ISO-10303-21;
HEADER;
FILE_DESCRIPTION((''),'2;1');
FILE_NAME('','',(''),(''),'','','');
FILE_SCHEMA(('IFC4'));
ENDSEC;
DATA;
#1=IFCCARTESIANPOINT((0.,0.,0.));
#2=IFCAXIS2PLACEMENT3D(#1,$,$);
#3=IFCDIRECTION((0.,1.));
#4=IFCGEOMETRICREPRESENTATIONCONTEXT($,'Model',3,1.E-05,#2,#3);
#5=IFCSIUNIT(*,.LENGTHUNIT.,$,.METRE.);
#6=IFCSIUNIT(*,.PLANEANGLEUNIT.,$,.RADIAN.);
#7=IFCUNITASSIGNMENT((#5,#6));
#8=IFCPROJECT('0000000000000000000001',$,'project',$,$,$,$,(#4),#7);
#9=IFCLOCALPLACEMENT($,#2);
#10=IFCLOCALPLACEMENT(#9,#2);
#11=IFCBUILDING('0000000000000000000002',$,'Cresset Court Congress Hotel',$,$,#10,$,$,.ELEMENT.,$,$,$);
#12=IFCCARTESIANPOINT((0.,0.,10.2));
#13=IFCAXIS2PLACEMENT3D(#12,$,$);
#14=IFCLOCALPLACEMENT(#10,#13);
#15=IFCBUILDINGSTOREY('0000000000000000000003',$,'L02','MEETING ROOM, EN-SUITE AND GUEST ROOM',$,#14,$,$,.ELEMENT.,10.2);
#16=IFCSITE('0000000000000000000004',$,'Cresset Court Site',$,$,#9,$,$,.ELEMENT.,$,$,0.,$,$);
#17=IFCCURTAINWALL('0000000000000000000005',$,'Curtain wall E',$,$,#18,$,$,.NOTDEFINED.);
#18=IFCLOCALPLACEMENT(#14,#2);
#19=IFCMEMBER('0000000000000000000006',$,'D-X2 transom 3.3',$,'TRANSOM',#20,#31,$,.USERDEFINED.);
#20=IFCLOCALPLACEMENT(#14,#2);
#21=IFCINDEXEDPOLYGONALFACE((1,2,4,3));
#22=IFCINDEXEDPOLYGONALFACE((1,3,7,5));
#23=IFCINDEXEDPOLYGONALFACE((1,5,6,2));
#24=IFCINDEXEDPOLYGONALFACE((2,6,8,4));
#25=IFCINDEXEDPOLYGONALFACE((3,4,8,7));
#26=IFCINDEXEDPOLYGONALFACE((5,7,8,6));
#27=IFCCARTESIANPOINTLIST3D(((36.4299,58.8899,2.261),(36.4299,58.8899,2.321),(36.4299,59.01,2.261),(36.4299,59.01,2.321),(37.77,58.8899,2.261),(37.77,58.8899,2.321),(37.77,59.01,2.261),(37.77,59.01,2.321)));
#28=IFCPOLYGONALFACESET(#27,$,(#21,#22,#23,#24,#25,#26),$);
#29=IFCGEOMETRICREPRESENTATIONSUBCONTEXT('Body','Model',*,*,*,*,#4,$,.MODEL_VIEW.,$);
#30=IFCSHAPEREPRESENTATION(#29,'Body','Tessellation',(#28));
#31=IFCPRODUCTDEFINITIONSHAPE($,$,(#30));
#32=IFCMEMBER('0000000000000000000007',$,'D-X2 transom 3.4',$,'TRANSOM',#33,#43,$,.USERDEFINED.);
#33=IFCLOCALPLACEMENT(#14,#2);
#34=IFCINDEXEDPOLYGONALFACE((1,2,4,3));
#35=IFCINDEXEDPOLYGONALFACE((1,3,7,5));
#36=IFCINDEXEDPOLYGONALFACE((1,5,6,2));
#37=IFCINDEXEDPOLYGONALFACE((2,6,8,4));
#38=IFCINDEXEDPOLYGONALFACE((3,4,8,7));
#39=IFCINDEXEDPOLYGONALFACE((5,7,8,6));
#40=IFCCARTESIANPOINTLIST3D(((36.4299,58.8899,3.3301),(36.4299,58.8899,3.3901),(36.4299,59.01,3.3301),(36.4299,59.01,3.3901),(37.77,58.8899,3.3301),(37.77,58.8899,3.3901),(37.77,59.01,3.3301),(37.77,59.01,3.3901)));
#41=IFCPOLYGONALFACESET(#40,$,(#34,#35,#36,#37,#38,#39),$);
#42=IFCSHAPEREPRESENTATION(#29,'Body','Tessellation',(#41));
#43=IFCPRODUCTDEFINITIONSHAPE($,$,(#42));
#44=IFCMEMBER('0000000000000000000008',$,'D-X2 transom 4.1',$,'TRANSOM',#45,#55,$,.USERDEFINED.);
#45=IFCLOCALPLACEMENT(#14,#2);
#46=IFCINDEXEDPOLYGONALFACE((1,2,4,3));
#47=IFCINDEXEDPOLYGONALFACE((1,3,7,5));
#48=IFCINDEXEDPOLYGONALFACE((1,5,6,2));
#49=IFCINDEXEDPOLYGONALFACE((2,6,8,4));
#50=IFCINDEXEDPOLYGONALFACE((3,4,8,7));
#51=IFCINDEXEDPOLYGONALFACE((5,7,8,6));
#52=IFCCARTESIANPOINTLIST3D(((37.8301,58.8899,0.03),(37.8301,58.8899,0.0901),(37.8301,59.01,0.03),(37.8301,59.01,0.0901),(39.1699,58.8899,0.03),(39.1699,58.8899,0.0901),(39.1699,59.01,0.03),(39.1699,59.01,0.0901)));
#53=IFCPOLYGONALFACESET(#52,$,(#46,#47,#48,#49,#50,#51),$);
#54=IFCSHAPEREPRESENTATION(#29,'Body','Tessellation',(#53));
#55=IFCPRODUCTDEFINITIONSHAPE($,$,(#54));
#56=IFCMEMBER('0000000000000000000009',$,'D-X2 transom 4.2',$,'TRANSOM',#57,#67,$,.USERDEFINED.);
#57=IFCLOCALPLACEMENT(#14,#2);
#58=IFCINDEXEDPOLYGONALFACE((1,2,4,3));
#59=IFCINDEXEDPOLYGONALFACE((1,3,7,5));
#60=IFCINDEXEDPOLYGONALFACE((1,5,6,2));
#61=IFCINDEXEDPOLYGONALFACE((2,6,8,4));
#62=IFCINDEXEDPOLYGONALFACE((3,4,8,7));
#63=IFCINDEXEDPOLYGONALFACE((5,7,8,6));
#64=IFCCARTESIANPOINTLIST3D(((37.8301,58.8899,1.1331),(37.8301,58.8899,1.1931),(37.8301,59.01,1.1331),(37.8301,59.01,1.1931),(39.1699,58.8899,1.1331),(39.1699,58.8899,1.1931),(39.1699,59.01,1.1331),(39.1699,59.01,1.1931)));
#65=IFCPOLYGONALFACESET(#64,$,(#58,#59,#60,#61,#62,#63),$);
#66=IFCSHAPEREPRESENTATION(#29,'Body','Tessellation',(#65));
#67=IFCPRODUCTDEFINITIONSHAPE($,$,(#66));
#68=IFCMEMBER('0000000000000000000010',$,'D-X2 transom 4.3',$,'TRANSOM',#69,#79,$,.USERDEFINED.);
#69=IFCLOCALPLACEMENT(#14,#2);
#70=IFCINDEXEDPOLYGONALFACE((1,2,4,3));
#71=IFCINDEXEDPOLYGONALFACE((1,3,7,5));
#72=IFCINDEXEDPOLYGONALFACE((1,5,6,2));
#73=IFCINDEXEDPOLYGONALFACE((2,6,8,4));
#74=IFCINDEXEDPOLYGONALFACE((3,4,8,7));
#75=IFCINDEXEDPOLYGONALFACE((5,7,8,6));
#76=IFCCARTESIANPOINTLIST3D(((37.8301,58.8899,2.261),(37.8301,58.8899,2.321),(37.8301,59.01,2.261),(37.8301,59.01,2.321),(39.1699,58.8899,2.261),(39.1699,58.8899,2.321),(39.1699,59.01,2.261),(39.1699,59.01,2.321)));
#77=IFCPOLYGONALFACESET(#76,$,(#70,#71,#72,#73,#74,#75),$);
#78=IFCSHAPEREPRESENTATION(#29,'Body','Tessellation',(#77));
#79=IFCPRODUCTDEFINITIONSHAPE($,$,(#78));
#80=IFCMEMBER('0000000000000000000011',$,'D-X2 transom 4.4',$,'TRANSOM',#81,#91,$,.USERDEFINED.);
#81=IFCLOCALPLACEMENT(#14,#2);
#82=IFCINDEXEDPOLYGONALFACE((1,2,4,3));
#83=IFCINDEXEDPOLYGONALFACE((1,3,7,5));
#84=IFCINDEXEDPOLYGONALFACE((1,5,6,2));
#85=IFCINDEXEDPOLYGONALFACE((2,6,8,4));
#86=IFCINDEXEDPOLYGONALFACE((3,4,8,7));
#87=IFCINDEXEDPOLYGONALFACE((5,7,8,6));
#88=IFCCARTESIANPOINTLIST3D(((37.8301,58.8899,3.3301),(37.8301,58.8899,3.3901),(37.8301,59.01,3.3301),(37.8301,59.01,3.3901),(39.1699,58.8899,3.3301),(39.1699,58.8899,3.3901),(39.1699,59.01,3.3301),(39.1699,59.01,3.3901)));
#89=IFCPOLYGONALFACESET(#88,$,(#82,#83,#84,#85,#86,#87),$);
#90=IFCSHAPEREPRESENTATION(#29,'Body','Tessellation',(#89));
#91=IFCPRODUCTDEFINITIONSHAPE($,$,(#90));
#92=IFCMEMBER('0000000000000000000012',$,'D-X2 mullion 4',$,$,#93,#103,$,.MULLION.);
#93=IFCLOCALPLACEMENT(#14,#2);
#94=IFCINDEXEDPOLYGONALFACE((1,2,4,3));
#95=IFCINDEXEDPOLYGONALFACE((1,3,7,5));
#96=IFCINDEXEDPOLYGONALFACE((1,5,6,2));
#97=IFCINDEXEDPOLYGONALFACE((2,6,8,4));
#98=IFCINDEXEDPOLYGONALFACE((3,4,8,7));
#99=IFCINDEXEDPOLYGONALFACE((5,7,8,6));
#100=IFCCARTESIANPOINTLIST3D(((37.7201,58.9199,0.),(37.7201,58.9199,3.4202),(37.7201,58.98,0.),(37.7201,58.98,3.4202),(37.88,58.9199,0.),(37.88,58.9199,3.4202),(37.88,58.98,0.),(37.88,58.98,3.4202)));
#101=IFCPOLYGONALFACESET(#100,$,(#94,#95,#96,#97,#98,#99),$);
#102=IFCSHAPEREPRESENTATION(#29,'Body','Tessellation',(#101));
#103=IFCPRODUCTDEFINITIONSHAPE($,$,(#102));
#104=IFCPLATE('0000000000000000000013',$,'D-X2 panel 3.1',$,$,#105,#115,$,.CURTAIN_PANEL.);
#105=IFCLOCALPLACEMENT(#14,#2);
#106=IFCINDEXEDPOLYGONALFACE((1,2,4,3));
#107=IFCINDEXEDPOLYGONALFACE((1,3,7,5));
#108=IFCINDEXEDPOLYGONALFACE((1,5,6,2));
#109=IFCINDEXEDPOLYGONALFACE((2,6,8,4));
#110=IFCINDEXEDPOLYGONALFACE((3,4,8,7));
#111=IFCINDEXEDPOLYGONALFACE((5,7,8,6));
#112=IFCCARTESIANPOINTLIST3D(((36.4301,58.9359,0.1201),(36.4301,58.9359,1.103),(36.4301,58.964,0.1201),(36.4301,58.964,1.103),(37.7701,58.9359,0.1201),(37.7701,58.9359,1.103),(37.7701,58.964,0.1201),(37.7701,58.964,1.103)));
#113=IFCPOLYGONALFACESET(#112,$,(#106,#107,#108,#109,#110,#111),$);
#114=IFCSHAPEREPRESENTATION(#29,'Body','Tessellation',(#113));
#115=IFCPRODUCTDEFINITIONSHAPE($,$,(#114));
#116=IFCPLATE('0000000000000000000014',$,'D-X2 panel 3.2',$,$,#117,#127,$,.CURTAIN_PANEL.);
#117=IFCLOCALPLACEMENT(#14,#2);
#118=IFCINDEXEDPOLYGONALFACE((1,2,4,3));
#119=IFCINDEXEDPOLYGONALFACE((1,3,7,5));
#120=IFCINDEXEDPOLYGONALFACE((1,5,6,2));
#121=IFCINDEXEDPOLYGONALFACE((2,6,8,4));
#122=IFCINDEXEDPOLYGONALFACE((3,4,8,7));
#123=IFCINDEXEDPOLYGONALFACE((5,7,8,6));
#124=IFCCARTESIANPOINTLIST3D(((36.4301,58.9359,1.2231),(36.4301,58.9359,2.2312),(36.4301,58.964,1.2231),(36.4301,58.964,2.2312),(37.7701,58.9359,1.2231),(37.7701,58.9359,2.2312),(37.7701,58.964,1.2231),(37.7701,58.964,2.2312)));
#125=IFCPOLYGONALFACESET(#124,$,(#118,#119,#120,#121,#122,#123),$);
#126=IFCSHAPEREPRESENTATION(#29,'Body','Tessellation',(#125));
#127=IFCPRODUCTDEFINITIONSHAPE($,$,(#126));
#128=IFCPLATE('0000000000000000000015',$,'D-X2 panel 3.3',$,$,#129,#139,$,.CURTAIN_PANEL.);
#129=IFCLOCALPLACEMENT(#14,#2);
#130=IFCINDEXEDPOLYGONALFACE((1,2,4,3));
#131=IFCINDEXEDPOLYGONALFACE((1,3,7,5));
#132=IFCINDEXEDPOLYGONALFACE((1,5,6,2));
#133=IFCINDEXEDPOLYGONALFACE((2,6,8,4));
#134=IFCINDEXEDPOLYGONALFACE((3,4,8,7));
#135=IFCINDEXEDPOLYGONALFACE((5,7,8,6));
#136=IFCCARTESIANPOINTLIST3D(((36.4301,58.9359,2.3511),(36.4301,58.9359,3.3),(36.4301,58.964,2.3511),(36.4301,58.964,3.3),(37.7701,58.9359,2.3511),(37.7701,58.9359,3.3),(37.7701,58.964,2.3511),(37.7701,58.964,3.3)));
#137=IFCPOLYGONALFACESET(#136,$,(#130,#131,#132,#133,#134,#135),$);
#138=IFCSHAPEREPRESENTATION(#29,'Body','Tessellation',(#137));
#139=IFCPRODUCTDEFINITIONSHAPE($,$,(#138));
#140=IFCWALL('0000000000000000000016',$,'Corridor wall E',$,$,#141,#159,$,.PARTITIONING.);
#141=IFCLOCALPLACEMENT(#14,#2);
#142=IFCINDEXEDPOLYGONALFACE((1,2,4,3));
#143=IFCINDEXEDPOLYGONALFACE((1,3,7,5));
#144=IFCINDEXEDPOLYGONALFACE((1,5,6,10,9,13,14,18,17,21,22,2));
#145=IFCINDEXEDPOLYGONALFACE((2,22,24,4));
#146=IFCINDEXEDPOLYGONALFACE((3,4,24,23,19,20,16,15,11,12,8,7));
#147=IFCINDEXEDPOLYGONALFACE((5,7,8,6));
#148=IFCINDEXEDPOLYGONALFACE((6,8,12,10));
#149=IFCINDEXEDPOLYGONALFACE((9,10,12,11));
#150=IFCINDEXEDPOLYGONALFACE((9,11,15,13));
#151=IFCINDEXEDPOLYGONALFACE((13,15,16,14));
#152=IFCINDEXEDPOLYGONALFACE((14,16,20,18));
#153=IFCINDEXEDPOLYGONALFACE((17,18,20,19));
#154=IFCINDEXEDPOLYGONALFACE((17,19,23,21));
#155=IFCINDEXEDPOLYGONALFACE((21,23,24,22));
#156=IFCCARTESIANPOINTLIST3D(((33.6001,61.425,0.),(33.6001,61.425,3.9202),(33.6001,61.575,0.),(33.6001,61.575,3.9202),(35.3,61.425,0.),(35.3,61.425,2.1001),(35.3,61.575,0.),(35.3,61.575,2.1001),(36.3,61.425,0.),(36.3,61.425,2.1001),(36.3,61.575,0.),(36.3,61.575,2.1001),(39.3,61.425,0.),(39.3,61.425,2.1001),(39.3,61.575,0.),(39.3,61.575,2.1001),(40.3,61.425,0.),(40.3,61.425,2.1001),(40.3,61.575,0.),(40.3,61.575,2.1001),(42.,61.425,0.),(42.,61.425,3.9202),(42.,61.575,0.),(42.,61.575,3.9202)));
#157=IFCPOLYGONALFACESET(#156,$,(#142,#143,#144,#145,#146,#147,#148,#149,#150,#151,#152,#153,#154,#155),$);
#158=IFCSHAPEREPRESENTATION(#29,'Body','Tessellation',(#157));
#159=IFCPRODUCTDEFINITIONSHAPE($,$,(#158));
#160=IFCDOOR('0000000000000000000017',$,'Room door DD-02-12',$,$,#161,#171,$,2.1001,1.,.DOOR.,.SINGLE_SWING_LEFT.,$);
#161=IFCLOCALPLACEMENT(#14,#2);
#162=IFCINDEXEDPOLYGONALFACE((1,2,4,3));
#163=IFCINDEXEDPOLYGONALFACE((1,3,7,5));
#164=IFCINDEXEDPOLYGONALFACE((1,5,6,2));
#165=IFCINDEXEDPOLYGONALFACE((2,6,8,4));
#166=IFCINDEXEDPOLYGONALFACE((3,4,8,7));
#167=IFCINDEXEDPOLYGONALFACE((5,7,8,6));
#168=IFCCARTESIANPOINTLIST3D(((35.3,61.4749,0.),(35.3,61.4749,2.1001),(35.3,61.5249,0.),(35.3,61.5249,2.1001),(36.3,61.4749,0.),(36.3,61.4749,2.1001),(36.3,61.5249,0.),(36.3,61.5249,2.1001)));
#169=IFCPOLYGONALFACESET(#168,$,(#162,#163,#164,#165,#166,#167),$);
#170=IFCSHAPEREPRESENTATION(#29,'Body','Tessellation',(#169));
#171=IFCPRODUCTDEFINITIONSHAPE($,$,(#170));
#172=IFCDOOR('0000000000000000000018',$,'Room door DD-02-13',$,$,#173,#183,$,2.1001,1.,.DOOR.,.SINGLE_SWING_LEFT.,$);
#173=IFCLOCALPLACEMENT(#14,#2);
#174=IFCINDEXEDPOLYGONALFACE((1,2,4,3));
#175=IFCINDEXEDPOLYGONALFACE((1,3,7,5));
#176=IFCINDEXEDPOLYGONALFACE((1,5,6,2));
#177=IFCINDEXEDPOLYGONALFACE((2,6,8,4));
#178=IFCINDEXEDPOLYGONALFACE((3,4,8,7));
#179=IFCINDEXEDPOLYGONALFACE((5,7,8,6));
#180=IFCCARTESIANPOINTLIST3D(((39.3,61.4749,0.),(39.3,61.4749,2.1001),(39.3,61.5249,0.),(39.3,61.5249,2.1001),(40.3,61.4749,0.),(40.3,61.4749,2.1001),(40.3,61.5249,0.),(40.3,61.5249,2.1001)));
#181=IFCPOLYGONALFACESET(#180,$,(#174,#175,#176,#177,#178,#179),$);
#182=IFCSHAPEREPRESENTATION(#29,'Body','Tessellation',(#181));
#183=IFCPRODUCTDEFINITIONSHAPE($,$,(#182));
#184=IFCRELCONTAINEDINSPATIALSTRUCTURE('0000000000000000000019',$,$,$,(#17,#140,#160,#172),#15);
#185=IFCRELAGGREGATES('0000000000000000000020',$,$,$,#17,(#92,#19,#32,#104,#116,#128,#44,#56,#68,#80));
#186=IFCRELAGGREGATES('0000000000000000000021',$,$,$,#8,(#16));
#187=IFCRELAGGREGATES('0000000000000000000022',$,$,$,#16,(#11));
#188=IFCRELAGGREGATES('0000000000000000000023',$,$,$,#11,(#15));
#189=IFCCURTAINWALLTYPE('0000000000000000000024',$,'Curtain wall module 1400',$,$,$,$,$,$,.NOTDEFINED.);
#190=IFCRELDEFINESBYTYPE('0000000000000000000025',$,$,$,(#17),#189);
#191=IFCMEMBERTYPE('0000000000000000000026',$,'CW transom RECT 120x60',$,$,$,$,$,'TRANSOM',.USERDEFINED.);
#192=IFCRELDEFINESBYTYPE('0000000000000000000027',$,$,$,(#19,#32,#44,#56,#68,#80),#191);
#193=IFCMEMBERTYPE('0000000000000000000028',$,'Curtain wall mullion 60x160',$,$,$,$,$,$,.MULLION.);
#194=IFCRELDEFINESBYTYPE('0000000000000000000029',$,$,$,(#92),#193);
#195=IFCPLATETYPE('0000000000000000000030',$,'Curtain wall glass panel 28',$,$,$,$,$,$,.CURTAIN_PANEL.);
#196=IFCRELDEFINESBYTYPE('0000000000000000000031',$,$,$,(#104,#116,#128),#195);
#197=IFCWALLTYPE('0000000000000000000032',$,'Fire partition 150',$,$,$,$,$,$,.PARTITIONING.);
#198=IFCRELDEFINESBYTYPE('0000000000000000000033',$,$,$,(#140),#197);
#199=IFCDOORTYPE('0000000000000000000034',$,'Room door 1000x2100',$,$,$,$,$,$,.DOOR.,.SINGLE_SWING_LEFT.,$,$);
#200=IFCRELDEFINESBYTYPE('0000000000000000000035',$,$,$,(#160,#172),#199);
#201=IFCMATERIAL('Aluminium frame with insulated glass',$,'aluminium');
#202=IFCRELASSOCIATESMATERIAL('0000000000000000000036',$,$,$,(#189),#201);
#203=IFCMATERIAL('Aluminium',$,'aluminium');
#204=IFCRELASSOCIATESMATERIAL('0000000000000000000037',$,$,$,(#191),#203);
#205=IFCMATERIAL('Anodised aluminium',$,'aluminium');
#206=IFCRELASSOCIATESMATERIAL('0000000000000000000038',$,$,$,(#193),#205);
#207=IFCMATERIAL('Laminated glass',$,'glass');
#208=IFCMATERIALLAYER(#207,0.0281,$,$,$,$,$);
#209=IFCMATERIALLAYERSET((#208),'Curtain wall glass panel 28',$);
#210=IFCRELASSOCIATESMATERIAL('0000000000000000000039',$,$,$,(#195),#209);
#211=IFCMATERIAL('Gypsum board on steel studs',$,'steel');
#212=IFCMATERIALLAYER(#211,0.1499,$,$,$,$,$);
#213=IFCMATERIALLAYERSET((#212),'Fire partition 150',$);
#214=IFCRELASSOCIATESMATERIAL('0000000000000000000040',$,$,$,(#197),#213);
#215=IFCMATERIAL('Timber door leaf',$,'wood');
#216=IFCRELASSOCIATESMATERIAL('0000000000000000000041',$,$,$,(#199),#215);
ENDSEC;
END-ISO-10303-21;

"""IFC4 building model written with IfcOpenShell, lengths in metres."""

from ifc_helpers import new_model, si_unit, direction, frame, frame_2d, origin, origin_2d, place, context, subcontext, project, spatial, rectangle, extrude, material, layer, layer_set, material_profile, profile_set, type_object, element, fill, aggregate, save


model = new_model("IFC4")

# Units and contexts
model_context = context("Model", 3, precision=1e-05, world=origin(), true_north=direction((0.0, 1.0)))
body_context = subcontext(model_context, "Body", "Model", "MODEL_VIEW")
ifc_project = project(units=[si_unit("LENGTHUNIT", "METRE"), si_unit("PLANEANGLEUNIT", "RADIAN")], contexts=[model_context])

# Site, building, storey
site_placement = place(None, origin())
site = spatial("IfcSite", under=ifc_project, at=site_placement, Name="Cresset Court Site", CompositionType="ELEMENT", RefElevation=0.0)
building_placement = place(site_placement, origin())
building = spatial("IfcBuilding", under=site, at=building_placement, Name="Cresset Court Congress Hotel", CompositionType="ELEMENT")
storey_placement = place(building_placement, frame((0.0, 0.0, 10.2)))
storey = spatial("IfcBuildingStorey", under=building, at=storey_placement, Name="L02", Description="MEETING ROOM, EN-SUITE AND GUEST ROOM", CompositionType="ELEMENT", Elevation=10.2)

# Curtain wall, members, plates
ifc_material_1 = material(Name="Aluminium frame with insulated glass", Category="aluminium")
curtain_wall_type = type_object("IfcCurtainWallType", Name="Curtain wall module 1400", PredefinedType="NOTDEFINED", material=ifc_material_1)
curtain_wall_placement = place(storey_placement, origin())
curtain_wall = element("IfcCurtainWall", 1, at=curtain_wall_placement, inside=storey, type_object=curtain_wall_type, Name="Curtain wall E", PredefinedType="NOTDEFINED")
ifc_material_2 = material(Name="Aluminium", Category="aluminium")
ifc_material_profile_1 = material_profile(ifc_material_2, rectangle(XDim=0.1201, YDim=0.0601, at=origin_2d()), Name="AL 120x60")
ifc_profile_set_1 = profile_set([ifc_material_profile_1], Name="Aluminium")
member_type_1 = type_object("IfcMemberType", Name="CW transom RECT 120x60", ElementType="TRANSOM", PredefinedType="USERDEFINED", material=ifc_profile_set_1)
member_1_placement = place(storey_placement, frame((36.4299, 58.95, 2.291), z_axis=(1.0, 0.0, 0.0), x_axis=(0.0, 1.0, 0.0)))
member_1 = element("IfcMember", 2, at=member_1_placement, type_object=member_type_1, Name="D-X2 transom 3.3", ObjectType="TRANSOM", PredefinedType="USERDEFINED", context=body_context, shape_type="SweptSolid", body=[
    extrude(rectangle(XDim=0.1201, YDim=0.0601, at=origin_2d()), origin(), (0.0, 0.0, 1.0), 1.3401),
])
member_2_placement = place(storey_placement, frame((36.4299, 58.95, 3.3601), z_axis=(1.0, 0.0, 0.0), x_axis=(0.0, 1.0, 0.0)))
member_2 = element("IfcMember", 3, at=member_2_placement, type_object=member_type_1, Name="D-X2 transom 3.4", ObjectType="TRANSOM", PredefinedType="USERDEFINED", context=body_context, shape_type="SweptSolid", body=[
    extrude(rectangle(XDim=0.1201, YDim=0.0601, at=origin_2d()), origin(), (0.0, 0.0, 1.0), 1.3401),
])
member_3_placement = place(storey_placement, frame((37.8301, 58.95, 0.0601), z_axis=(1.0, 0.0, 0.0), x_axis=(0.0, 1.0, 0.0)))
member_3 = element("IfcMember", 4, at=member_3_placement, type_object=member_type_1, Name="D-X2 transom 4.1", ObjectType="TRANSOM", PredefinedType="USERDEFINED", context=body_context, shape_type="SweptSolid", body=[
    extrude(rectangle(XDim=0.1201, YDim=0.0601, at=origin_2d()), origin(), (0.0, 0.0, 1.0), 1.3398),
])
member_4_placement = place(storey_placement, frame((37.8301, 58.95, 1.1631), z_axis=(1.0, 0.0, 0.0), x_axis=(0.0, 1.0, 0.0)))
member_4 = element("IfcMember", 5, at=member_4_placement, type_object=member_type_1, Name="D-X2 transom 4.2", ObjectType="TRANSOM", PredefinedType="USERDEFINED", context=body_context, shape_type="SweptSolid", body=[
    extrude(rectangle(XDim=0.1201, YDim=0.0601, at=origin_2d()), origin(), (0.0, 0.0, 1.0), 1.3398),
])
member_5_placement = place(storey_placement, frame((37.8301, 58.95, 2.291), z_axis=(1.0, 0.0, 0.0), x_axis=(0.0, 1.0, 0.0)))
member_5 = element("IfcMember", 6, at=member_5_placement, type_object=member_type_1, Name="D-X2 transom 4.3", ObjectType="TRANSOM", PredefinedType="USERDEFINED", context=body_context, shape_type="SweptSolid", body=[
    extrude(rectangle(XDim=0.1201, YDim=0.0601, at=origin_2d()), origin(), (0.0, 0.0, 1.0), 1.3398),
])
member_6_placement = place(storey_placement, frame((37.8301, 58.95, 3.3601), z_axis=(1.0, 0.0, 0.0), x_axis=(0.0, 1.0, 0.0)))
member_6 = element("IfcMember", 7, at=member_6_placement, type_object=member_type_1, Name="D-X2 transom 4.4", ObjectType="TRANSOM", PredefinedType="USERDEFINED", context=body_context, shape_type="SweptSolid", body=[
    extrude(rectangle(XDim=0.1201, YDim=0.0601, at=origin_2d()), origin(), (0.0, 0.0, 1.0), 1.3398),
])
ifc_material_3 = material(Name="Anodised aluminium", Category="aluminium")
ifc_material_profile_2 = material_profile(ifc_material_3, rectangle(XDim=0.0601, YDim=0.1599, at=origin_2d()), Name="AL60x160")
ifc_profile_set_2 = profile_set([ifc_material_profile_2], Name="Anodised aluminium")
member_type_2 = type_object("IfcMemberType", Name="Curtain wall mullion 60x160", PredefinedType="MULLION", material=ifc_profile_set_2)
member_7_placement = place(storey_placement, frame((37.8, 58.95, 0.0), z_axis=(0.0, 0.0, 1.0), x_axis=(0.0, 1.0, 0.0)))
member_7 = element("IfcMember", 8, at=member_7_placement, type_object=member_type_2, Name="D-X2 mullion 4", PredefinedType="MULLION", context=body_context, shape_type="SweptSolid", body=[
    extrude(rectangle(XDim=0.0601, YDim=0.1599, at=origin_2d()), origin(), (0.0, 0.0, 1.0), 3.4202),
])
ifc_material_4 = material(Name="Laminated glass", Category="glass")
ifc_layer_1 = layer(ifc_material_4, 0.0281)
ifc_layer_set_1 = layer_set([ifc_layer_1], Name="Curtain wall glass panel 28")
plate_type = type_object("IfcPlateType", Name="Curtain wall glass panel 28", PredefinedType="CURTAIN_PANEL", material=ifc_layer_set_1)
plate_1_placement = place(storey_placement, frame((37.1001, 58.95, 0.1201), z_axis=(0.0, 0.0, 1.0), x_axis=(1.0, 0.0, 0.0)))
plate_1 = element("IfcPlate", 9, at=plate_1_placement, type_object=plate_type, Name="D-X2 panel 3.1", PredefinedType="CURTAIN_PANEL", context=body_context, shape_type="SweptSolid", body=[
    extrude(rectangle(XDim=1.3401, YDim=0.0281, at=origin_2d()), origin(), (0.0, 0.0, 1.0), 0.9829),
])
plate_2_placement = place(storey_placement, frame((37.1001, 58.95, 1.2231), z_axis=(0.0, 0.0, 1.0), x_axis=(1.0, 0.0, 0.0)))
plate_2 = element("IfcPlate", 10, at=plate_2_placement, type_object=plate_type, Name="D-X2 panel 3.2", PredefinedType="CURTAIN_PANEL", context=body_context, shape_type="SweptSolid", body=[
    extrude(rectangle(XDim=1.3401, YDim=0.0281, at=origin_2d()), origin(), (0.0, 0.0, 1.0), 1.0081),
])
plate_3_placement = place(storey_placement, frame((37.1001, 58.95, 2.3511), z_axis=(0.0, 0.0, 1.0), x_axis=(1.0, 0.0, 0.0)))
plate_3 = element("IfcPlate", 11, at=plate_3_placement, type_object=plate_type, Name="D-X2 panel 3.3", PredefinedType="CURTAIN_PANEL", context=body_context, shape_type="SweptSolid", body=[
    extrude(rectangle(XDim=1.3401, YDim=0.0281, at=origin_2d()), origin(), (0.0, 0.0, 1.0), 0.949),
])
aggregate(curtain_wall, [member_7, member_1, member_2, plate_1, plate_2, plate_3, member_3, member_4, member_5, member_6])

# Wall, openings, doors
ifc_material_5 = material(Name="Gypsum board on steel studs", Category="steel")
ifc_layer_2 = layer(ifc_material_5, 0.1499)
ifc_layer_set_2 = layer_set([ifc_layer_2], Name="Fire partition 150")
wall_type_1 = type_object("IfcWallType", Name="Fire partition 150", PredefinedType="PARTITIONING", material=ifc_layer_set_2)
wall_1_placement = place(storey_placement, frame((33.6001, 61.5, 0.0), z_axis=(0.0, 0.0, 1.0), x_axis=(1.0, 0.0, 0.0)))
wall_1 = element("IfcWall", 12, at=wall_1_placement, inside=storey, type_object=wall_type_1, Name="Corridor wall E", PredefinedType="PARTITIONING", context=body_context, shape_type="SweptSolid", body=[
    extrude(rectangle(XDim=8.3999, YDim=0.1499, at=frame_2d((4.2, 0.0))), origin(), (0.0, 0.0, 1.0), 3.9202),
])
opening_1_placement = place(wall_1_placement, frame((1.7, 0.0, 0.0)))
opening_1 = element("IfcOpeningElement", 13, at=opening_1_placement, cuts=wall_1, PredefinedType="OPENING", context=body_context, shape_type="SweptSolid", body=[
    extrude(rectangle(XDim=1.0, YDim=2.1001, at=frame_2d((0.5, 1.05))), frame((0.0, 0.085, 0.0), z_axis=(0.0, -1.0, 0.0), x_axis=(1.0, 0.0, 0.0)), (0.0, 0.0, 1.0), 0.1699),
])
opening_2_placement = place(wall_1_placement, frame((5.7, 0.0, 0.0)))
opening_2 = element("IfcOpeningElement", 14, at=opening_2_placement, cuts=wall_1, PredefinedType="OPENING", context=body_context, shape_type="SweptSolid", body=[
    extrude(rectangle(XDim=1.0, YDim=2.1001, at=frame_2d((0.5, 1.05))), frame((0.0, 0.085, 0.0), z_axis=(0.0, -1.0, 0.0), x_axis=(1.0, 0.0, 0.0)), (0.0, 0.0, 1.0), 0.1699),
])
ifc_material_6 = material(Name="Timber door leaf", Category="wood")
door_type_1 = type_object("IfcDoorType", Name="Room door 1000x2100", OperationType="SINGLE_SWING_LEFT", PredefinedType="DOOR", material=ifc_material_6)
door_1_placement = place(opening_1_placement, origin())
door_1 = element("IfcDoor", 15, at=door_1_placement, inside=storey, type_object=door_type_1, Name="Room door DD-02-12", OperationType="SINGLE_SWING_LEFT", OverallHeight=2.1001, OverallWidth=1.0, PredefinedType="DOOR", context=body_context, shape_type="SweptSolid", body=[
    extrude(rectangle(XDim=1.0, YDim=2.1001, at=frame_2d((0.5, 1.05))), frame((0.0, 0.0249, 0.0), z_axis=(0.0, -1.0, 0.0), x_axis=(1.0, 0.0, 0.0)), (0.0, 0.0, 1.0), 0.05),
])
fill(opening_1, door_1)
door_2_placement = place(opening_2_placement, origin())
door_2 = element("IfcDoor", 16, at=door_2_placement, inside=storey, type_object=door_type_1, Name="Room door DD-02-13", OperationType="SINGLE_SWING_LEFT", OverallHeight=2.1001, OverallWidth=1.0, PredefinedType="DOOR", context=body_context, shape_type="SweptSolid", body=[
    extrude(rectangle(XDim=1.0, YDim=2.1001, at=frame_2d((0.5, 1.05))), frame((0.0, 0.0249, 0.0), z_axis=(0.0, -1.0, 0.0), x_axis=(1.0, 0.0, 0.0)), (0.0, 0.0, 1.0), 0.05),
])
fill(opening_2, door_2)

save(model, "model.ifc")
